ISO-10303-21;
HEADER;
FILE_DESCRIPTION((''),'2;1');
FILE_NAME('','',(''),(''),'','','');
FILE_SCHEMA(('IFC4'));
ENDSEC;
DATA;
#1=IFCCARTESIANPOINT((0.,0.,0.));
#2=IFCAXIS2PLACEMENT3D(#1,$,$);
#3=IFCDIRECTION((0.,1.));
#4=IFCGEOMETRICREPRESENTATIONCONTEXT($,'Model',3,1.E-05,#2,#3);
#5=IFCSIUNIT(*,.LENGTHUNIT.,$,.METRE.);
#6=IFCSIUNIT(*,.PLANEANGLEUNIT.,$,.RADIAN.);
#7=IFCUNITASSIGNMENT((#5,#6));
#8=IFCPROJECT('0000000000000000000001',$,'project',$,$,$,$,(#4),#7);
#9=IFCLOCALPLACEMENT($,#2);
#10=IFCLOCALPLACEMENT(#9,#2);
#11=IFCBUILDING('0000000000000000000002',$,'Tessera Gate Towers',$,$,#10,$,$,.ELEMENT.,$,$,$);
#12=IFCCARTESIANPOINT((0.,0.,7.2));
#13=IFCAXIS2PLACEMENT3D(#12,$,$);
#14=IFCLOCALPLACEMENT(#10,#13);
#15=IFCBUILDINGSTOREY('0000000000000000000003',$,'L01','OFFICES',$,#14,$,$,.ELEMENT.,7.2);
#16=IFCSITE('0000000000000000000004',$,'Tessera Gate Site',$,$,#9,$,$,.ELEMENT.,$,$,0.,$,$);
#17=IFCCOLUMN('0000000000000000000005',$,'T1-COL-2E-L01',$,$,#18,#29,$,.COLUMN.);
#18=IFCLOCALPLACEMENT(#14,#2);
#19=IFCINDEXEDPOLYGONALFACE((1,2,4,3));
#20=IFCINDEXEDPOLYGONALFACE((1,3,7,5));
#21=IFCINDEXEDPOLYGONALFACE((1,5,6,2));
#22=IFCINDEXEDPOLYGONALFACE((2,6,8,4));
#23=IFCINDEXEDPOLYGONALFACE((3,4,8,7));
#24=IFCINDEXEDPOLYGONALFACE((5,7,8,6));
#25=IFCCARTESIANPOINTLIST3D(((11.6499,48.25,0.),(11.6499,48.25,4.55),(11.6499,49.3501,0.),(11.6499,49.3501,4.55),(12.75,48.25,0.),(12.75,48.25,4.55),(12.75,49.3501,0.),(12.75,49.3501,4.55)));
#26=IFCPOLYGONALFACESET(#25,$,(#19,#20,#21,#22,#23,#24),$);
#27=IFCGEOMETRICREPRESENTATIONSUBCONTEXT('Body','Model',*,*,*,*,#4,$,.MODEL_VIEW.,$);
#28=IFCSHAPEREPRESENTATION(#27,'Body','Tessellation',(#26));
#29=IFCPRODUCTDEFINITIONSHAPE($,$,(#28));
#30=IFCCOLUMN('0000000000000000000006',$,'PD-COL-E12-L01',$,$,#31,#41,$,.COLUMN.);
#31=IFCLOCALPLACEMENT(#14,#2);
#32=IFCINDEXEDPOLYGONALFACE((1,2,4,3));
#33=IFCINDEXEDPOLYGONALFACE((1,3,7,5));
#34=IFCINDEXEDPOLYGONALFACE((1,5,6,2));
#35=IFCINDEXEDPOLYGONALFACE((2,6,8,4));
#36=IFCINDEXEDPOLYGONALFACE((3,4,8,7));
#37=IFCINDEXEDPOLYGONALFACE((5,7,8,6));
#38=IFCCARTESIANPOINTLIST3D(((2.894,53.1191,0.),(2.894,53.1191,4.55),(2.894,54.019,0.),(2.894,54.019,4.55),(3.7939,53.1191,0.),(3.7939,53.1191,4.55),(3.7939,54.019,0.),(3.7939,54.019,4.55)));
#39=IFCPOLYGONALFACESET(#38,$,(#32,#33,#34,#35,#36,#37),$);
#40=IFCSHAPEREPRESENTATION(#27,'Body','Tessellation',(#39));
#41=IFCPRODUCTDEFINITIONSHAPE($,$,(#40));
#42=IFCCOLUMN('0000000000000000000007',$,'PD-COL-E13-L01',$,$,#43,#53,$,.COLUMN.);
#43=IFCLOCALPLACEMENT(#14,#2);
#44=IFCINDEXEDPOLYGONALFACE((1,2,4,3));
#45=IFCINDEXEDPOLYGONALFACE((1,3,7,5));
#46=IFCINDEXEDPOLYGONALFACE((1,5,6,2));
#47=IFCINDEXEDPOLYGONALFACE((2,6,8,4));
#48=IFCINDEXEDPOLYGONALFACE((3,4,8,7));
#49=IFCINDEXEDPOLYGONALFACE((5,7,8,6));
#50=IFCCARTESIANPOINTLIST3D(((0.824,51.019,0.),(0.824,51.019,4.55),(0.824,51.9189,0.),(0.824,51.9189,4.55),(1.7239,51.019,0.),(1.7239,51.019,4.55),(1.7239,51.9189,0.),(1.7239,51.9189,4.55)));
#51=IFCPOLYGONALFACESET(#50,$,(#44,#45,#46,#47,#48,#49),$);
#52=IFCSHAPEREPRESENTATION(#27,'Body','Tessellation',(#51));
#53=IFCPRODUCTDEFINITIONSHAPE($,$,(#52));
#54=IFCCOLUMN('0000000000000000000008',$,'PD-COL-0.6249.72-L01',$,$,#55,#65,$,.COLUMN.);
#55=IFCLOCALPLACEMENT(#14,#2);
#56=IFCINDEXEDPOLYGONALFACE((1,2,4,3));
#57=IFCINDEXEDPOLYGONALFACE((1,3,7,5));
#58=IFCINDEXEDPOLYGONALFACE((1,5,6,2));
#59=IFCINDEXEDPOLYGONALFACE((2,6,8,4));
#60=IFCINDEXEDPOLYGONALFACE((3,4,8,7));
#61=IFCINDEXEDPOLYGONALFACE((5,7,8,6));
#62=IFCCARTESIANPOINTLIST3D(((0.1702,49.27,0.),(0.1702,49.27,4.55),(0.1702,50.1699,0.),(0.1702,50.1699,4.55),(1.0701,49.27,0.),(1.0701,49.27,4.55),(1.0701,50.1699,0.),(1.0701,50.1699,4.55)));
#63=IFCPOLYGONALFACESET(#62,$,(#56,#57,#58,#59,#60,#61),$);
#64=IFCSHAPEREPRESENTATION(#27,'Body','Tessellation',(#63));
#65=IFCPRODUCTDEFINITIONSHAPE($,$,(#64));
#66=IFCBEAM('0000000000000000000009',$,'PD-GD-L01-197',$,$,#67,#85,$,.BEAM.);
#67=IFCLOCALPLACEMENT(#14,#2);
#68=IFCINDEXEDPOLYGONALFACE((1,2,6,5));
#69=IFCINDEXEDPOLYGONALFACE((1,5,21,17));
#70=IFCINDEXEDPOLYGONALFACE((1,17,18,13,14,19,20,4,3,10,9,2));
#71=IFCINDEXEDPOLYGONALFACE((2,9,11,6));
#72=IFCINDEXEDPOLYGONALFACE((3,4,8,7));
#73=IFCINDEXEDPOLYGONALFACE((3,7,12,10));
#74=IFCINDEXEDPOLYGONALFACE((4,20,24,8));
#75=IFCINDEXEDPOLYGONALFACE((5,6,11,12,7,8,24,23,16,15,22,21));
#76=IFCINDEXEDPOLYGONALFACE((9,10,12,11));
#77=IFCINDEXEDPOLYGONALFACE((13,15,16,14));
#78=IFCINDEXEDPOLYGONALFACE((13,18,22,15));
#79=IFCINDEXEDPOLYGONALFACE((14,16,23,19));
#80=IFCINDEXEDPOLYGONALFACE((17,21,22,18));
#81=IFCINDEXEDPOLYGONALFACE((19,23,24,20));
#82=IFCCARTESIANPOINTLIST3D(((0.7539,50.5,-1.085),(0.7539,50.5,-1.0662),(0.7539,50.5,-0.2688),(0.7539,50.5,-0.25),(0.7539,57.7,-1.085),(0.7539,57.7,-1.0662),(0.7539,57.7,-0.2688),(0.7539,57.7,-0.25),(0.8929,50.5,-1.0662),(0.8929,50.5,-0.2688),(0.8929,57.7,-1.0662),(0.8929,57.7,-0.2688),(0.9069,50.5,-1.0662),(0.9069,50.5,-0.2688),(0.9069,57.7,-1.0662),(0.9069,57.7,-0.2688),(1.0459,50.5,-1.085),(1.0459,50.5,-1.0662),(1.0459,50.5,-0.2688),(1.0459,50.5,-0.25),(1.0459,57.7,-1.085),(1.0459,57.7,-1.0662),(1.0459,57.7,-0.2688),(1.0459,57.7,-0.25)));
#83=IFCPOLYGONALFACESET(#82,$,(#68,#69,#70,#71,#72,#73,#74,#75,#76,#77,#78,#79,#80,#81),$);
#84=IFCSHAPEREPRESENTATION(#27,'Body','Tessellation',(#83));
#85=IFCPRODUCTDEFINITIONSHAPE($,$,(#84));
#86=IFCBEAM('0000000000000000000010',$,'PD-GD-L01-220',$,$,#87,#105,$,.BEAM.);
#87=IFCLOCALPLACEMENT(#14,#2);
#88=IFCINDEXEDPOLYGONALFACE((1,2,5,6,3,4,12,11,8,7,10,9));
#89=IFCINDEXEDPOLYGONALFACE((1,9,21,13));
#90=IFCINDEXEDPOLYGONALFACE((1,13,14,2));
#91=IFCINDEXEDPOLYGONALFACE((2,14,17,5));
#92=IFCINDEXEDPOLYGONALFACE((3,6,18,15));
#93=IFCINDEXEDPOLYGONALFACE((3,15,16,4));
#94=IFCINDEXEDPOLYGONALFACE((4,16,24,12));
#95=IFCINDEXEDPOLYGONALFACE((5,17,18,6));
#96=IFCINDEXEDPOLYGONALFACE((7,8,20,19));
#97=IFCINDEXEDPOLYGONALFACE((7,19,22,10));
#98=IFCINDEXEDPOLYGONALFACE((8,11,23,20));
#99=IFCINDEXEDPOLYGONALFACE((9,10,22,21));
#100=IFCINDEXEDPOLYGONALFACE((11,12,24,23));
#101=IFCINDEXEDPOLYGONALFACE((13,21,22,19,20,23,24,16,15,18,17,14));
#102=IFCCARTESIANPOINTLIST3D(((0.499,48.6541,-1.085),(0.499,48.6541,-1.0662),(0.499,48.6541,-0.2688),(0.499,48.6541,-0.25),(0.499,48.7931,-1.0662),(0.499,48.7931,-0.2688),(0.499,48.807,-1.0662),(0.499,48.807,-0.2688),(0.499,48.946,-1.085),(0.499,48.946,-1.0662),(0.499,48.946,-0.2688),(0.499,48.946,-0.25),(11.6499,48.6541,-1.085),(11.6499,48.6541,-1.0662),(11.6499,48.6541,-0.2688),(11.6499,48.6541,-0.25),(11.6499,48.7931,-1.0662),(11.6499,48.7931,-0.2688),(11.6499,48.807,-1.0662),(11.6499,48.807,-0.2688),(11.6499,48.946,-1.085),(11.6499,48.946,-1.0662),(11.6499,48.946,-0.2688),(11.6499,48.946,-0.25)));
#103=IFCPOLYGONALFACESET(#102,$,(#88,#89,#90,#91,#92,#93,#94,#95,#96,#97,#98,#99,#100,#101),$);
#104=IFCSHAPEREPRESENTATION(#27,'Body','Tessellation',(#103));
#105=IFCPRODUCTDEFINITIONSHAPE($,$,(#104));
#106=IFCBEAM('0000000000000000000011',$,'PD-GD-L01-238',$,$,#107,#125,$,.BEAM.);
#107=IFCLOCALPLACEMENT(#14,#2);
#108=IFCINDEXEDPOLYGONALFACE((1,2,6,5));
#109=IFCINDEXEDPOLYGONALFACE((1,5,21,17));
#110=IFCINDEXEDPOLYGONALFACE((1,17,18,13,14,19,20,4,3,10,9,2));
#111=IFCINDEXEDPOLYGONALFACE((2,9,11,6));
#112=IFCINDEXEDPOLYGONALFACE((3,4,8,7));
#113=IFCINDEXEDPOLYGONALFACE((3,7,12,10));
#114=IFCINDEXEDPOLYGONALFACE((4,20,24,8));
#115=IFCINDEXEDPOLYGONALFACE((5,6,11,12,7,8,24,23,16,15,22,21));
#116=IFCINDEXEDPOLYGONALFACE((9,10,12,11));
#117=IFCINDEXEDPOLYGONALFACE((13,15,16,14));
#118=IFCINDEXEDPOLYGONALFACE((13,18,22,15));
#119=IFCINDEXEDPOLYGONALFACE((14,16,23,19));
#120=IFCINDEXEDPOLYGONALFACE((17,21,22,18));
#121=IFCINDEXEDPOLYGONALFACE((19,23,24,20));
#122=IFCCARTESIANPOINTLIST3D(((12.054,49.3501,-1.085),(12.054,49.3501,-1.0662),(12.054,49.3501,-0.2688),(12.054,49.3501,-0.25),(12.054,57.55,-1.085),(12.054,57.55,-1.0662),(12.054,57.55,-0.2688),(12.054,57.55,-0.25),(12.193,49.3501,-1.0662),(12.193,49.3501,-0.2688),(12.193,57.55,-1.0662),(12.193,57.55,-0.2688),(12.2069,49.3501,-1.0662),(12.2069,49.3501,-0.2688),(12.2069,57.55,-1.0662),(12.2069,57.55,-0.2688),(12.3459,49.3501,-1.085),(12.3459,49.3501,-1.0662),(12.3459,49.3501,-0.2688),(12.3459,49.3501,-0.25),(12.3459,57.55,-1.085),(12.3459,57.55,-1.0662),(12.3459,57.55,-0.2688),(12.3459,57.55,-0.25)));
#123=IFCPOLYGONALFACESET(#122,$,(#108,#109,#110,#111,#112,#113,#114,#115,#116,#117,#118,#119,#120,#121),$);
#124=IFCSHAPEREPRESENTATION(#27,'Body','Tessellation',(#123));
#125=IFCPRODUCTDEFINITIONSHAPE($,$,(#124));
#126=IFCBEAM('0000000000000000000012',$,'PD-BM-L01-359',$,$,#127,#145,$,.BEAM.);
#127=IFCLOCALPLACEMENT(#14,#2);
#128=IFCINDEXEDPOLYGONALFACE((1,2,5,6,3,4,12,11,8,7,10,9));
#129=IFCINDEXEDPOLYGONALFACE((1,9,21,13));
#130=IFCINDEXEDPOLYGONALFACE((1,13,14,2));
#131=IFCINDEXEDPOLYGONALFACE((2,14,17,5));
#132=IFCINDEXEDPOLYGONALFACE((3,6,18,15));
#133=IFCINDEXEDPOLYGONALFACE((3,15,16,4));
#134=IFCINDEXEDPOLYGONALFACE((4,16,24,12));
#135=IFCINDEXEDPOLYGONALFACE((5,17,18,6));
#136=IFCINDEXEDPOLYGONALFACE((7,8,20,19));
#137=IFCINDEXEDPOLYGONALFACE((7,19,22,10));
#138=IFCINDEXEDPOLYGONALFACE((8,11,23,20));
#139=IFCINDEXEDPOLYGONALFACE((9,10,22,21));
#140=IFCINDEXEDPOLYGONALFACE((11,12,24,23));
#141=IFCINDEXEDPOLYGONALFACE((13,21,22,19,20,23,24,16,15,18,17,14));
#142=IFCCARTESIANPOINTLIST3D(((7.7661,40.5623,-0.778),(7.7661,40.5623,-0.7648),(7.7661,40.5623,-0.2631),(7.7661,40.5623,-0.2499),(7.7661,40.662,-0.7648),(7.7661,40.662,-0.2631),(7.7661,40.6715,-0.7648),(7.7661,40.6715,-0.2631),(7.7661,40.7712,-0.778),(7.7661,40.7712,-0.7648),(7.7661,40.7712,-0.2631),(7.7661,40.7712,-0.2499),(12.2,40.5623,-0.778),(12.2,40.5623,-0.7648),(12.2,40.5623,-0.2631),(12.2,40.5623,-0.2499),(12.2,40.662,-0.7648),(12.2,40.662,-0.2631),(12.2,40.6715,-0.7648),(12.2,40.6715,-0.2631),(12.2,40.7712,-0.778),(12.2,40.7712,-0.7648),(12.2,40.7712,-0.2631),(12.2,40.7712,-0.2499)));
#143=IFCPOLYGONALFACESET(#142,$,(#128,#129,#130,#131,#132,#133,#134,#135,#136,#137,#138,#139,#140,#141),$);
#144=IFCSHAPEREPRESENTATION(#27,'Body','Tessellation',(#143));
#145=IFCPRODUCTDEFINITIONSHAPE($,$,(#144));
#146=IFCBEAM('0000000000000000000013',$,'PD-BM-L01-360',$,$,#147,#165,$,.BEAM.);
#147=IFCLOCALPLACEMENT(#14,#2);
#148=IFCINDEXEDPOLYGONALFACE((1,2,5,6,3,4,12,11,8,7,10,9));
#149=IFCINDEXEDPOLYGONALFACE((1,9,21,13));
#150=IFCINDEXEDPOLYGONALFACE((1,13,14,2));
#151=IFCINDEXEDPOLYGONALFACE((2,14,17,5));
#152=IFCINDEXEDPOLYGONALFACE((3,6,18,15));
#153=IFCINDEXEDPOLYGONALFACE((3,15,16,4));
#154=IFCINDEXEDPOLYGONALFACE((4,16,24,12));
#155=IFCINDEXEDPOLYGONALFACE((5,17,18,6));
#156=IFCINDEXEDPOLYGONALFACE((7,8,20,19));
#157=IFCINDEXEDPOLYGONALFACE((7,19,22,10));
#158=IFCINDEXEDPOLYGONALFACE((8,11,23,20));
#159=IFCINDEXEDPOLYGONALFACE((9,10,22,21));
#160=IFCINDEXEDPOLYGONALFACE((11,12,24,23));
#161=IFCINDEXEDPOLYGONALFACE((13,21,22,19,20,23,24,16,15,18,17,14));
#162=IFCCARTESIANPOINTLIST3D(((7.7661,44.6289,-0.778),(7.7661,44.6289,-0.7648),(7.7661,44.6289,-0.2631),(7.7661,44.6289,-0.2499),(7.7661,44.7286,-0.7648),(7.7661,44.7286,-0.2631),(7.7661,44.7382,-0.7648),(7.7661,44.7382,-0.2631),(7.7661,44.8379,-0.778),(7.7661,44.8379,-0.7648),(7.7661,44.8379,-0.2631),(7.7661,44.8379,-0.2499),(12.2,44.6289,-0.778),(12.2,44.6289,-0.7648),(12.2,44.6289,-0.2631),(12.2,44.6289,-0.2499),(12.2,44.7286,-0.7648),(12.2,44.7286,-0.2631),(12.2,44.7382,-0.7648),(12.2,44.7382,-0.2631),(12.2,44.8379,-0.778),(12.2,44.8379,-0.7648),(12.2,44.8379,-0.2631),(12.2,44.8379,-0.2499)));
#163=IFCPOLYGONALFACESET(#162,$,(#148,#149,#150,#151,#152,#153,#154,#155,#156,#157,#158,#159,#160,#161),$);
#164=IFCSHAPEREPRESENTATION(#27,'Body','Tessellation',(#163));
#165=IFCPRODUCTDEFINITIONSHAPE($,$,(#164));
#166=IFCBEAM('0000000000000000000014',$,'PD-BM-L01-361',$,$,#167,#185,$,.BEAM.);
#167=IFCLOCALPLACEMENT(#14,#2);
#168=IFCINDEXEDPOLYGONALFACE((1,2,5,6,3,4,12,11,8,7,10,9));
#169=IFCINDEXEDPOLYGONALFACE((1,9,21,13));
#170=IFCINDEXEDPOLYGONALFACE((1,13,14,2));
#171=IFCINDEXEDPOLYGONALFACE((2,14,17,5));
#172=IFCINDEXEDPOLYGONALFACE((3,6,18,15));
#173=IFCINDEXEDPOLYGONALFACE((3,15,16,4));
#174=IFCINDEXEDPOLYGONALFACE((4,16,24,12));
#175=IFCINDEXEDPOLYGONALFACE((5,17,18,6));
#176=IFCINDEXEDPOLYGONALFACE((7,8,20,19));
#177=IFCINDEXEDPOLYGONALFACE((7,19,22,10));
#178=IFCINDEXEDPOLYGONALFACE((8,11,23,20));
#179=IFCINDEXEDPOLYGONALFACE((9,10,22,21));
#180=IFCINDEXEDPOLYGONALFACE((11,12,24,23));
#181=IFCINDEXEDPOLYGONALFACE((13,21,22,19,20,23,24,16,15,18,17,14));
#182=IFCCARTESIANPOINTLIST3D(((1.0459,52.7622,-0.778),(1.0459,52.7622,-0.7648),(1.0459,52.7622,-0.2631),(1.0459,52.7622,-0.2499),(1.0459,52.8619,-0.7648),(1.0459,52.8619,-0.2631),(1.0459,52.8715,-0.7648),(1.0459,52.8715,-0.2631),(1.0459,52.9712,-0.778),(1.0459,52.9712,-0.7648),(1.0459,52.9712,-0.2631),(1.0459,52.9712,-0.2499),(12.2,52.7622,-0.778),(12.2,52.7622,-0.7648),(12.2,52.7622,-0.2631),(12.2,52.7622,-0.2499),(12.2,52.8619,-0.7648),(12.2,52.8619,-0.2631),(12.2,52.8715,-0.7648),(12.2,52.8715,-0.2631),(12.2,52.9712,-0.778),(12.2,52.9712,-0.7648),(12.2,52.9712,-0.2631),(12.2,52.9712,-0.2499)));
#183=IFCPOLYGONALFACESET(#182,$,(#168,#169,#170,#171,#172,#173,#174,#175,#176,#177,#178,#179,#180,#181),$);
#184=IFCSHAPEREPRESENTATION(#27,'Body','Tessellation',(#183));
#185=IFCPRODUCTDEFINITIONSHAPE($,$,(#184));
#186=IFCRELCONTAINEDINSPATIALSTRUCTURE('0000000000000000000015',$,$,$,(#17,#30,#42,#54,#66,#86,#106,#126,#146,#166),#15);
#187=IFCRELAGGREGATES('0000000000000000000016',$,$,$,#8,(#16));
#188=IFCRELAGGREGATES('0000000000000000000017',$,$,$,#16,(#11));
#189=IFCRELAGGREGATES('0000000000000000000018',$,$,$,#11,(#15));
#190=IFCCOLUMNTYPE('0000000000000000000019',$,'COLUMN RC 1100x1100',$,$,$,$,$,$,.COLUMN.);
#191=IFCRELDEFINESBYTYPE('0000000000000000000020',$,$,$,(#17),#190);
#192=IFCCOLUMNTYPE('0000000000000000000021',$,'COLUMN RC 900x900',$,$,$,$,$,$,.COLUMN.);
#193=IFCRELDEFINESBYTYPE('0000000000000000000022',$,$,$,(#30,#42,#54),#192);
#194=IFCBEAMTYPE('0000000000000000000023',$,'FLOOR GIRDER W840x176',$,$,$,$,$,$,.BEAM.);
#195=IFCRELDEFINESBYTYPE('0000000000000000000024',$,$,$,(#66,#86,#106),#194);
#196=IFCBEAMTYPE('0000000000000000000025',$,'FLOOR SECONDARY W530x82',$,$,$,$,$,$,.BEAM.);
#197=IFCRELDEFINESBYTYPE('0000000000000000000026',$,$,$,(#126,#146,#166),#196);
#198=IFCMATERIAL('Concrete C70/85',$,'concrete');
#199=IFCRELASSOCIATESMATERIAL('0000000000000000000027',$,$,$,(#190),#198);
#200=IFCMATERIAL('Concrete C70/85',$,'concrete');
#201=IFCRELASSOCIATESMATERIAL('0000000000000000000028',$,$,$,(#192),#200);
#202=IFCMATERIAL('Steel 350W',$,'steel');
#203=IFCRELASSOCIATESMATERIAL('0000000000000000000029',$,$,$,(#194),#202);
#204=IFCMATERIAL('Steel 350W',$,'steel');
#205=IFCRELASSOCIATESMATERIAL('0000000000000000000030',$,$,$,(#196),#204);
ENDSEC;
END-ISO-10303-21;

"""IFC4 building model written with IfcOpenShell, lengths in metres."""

from ifc_helpers import new_model, si_unit, direction, frame, origin, origin_2d, place, context, subcontext, project, spatial, rectangle, i_section, extrude, material, material_profile, profile_set, type_object, element, save


model = new_model("IFC4")

# Units and contexts
model_context = context("Model", 3, precision=1e-05, world=origin(), true_north=direction((0.0, 1.0)))
body_context = subcontext(model_context, "Body", "Model", "MODEL_VIEW")
ifc_project = project(units=[si_unit("LENGTHUNIT", "METRE"), si_unit("PLANEANGLEUNIT", "RADIAN")], contexts=[model_context])

# Site, building, storey
site_placement = place(None, origin())
site = spatial("IfcSite", under=ifc_project, at=site_placement, Name="Tessera Gate Site", CompositionType="ELEMENT", RefElevation=0.0)
building_placement = place(site_placement, origin())
building = spatial("IfcBuilding", under=site, at=building_placement, Name="Tessera Gate Towers", CompositionType="ELEMENT")
storey_placement = place(building_placement, frame((0.0, 0.0, 7.2)))
storey = spatial("IfcBuildingStorey", under=building, at=storey_placement, Name="L01", Description="OFFICES", CompositionType="ELEMENT", Elevation=7.2)

# Columns
ifc_material_1 = material(Name="Concrete C70/85", Category="concrete")
ifc_material_profile_1 = material_profile(ifc_material_1, rectangle(XDim=1.1001, YDim=1.1001, at=origin_2d()), Name="RC 1100x1100")
ifc_profile_set_1 = profile_set([ifc_material_profile_1], Name="Concrete C70/85")
column_type_1 = type_object("IfcColumnType", Name="COLUMN RC 1100x1100", PredefinedType="COLUMN", material=ifc_profile_set_1)
column_placement = place(storey_placement, frame((12.2, 48.8, 0.0), z_axis=(0.0, 0.0, 1.0), x_axis=(1.0, 0.0, 0.0)))
element("IfcColumn", 1, at=column_placement, inside=storey, type_object=column_type_1, Name="T1-COL-2E-L01", PredefinedType="COLUMN", context=body_context, shape_type="SweptSolid", body=[
    extrude(rectangle(XDim=1.1001, YDim=1.1001, at=origin_2d()), origin(), (0.0, 0.0, 1.0), 4.55),
])
ifc_material_2 = material(Name="Concrete C70/85", Category="concrete")
ifc_material_profile_2 = material_profile(ifc_material_2, rectangle(XDim=0.8999, YDim=0.8999, at=origin_2d()), Name="RC 900x900")
ifc_profile_set_2 = profile_set([ifc_material_profile_2], Name="Concrete C70/85")
column_type_2 = type_object("IfcColumnType", Name="COLUMN RC 900x900", PredefinedType="COLUMN", material=ifc_profile_set_2)
for number, where, z_axis, x_axis, name in (
    (2, (3.344, 53.5691, 0.0), (0.0, 0.0, 1.0), (1.0, 0.0, 0.0), "PD-COL-E12-L01"),
    (3, (1.2739, 51.469, 0.0), (0.0, 0.0, 1.0), (1.0, 0.0, 0.0), "PD-COL-E13-L01"),
    (4, (0.6201, 49.72, 0.0), (0.0, 0.0, 1.0), (1.0, 0.0, 0.0), "PD-COL-0.6249.72-L01"),
):
    element("IfcColumn", number, at=place(storey_placement, frame(where, z_axis=z_axis, x_axis=x_axis)), inside=storey, type_object=column_type_2, Name=name, PredefinedType="COLUMN", context=body_context, shape_type="SweptSolid", body=[
        extrude(rectangle(XDim=0.8999, YDim=0.8999, at=origin_2d()), origin(), (0.0, 0.0, 1.0), 4.55),
    ])

# Beams
ifc_material_3 = material(Name="Steel 350W", Category="steel")
ifc_material_profile_3 = material_profile(ifc_material_3, i_section(OverallWidth=0.292, OverallDepth=0.835, WebThickness=0.0139, FlangeThickness=0.0188, at=origin_2d()), Name="W840x176")
ifc_profile_set_3 = profile_set([ifc_material_profile_3], Name="Steel 350W")
beam_type_1 = type_object("IfcBeamType", Name="FLOOR GIRDER W840x176", PredefinedType="BEAM", material=ifc_profile_set_3)
beam_1_placement = place(storey_placement, frame((0.8999, 50.5, -0.6675), z_axis=(0.0, 1.0, 0.0), x_axis=(-1.0, 0.0, 0.0)))
element("IfcBeam", 5, at=beam_1_placement, inside=storey, type_object=beam_type_1, Name="PD-GD-L01-197", PredefinedType="BEAM", context=body_context, shape_type="SweptSolid", body=[
    extrude(i_section(OverallWidth=0.292, OverallDepth=0.835, WebThickness=0.0139, FlangeThickness=0.0188, at=origin_2d()), origin(), (0.0, 0.0, 1.0), 7.2),
])
beam_2_placement = place(storey_placement, frame((0.499, 48.8, -0.6675), z_axis=(1.0, 0.0, 0.0), x_axis=(0.0, 1.0, 0.0)))
element("IfcBeam", 6, at=beam_2_placement, inside=storey, type_object=beam_type_1, Name="PD-GD-L01-220", PredefinedType="BEAM", context=body_context, shape_type="SweptSolid", body=[
    extrude(i_section(OverallWidth=0.292, OverallDepth=0.835, WebThickness=0.0139, FlangeThickness=0.0188, at=origin_2d()), origin(), (0.0, 0.0, 1.0), 11.1509),
])
beam_3_placement = place(storey_placement, frame((12.2, 49.3501, -0.6675), z_axis=(0.0, 1.0, 0.0), x_axis=(-1.0, 0.0, 0.0)))
element("IfcBeam", 7, at=beam_3_placement, inside=storey, type_object=beam_type_1, Name="PD-GD-L01-238", PredefinedType="BEAM", context=body_context, shape_type="SweptSolid", body=[
    extrude(i_section(OverallWidth=0.292, OverallDepth=0.835, WebThickness=0.0139, FlangeThickness=0.0188, at=origin_2d()), origin(), (0.0, 0.0, 1.0), 8.2),
])
ifc_material_4 = material(Name="Steel 350W", Category="steel")
ifc_material_profile_4 = material_profile(ifc_material_4, i_section(OverallWidth=0.209, OverallDepth=0.5281, WebThickness=0.0095, FlangeThickness=0.0132, at=origin_2d()), Name="W530x82")
ifc_profile_set_4 = profile_set([ifc_material_profile_4], Name="Steel 350W")
beam_type_2 = type_object("IfcBeamType", Name="FLOOR SECONDARY W530x82", PredefinedType="BEAM", material=ifc_profile_set_4)
for number, where, z_axis, x_axis, name in (
    (8, (7.7661, 40.6667, -0.5139), (1.0, 0.0, 0.0), (0.0, 1.0, 0.0), "PD-BM-L01-359"),
    (9, (7.7661, 44.7334, -0.5139), (1.0, 0.0, 0.0), (0.0, 1.0, 0.0), "PD-BM-L01-360"),
):
    element("IfcBeam", number, at=place(storey_placement, frame(where, z_axis=z_axis, x_axis=x_axis)), inside=storey, type_object=beam_type_2, Name=name, PredefinedType="BEAM", context=body_context, shape_type="SweptSolid", body=[
        extrude(i_section(OverallWidth=0.209, OverallDepth=0.5281, WebThickness=0.0095, FlangeThickness=0.0132, at=origin_2d()), origin(), (0.0, 0.0, 1.0), 4.4338),
    ])
beam_4_placement = place(storey_placement, frame((1.0459, 52.8667, -0.5139), z_axis=(1.0, 0.0, 0.0), x_axis=(0.0, 1.0, 0.0)))
element("IfcBeam", 10, at=beam_4_placement, inside=storey, type_object=beam_type_2, Name="PD-BM-L01-361", PredefinedType="BEAM", context=body_context, shape_type="SweptSolid", body=[
    extrude(i_section(OverallWidth=0.209, OverallDepth=0.5281, WebThickness=0.0095, FlangeThickness=0.0132, at=origin_2d()), origin(), (0.0, 0.0, 1.0), 11.1541),
])

save(model, "model.ifc")
